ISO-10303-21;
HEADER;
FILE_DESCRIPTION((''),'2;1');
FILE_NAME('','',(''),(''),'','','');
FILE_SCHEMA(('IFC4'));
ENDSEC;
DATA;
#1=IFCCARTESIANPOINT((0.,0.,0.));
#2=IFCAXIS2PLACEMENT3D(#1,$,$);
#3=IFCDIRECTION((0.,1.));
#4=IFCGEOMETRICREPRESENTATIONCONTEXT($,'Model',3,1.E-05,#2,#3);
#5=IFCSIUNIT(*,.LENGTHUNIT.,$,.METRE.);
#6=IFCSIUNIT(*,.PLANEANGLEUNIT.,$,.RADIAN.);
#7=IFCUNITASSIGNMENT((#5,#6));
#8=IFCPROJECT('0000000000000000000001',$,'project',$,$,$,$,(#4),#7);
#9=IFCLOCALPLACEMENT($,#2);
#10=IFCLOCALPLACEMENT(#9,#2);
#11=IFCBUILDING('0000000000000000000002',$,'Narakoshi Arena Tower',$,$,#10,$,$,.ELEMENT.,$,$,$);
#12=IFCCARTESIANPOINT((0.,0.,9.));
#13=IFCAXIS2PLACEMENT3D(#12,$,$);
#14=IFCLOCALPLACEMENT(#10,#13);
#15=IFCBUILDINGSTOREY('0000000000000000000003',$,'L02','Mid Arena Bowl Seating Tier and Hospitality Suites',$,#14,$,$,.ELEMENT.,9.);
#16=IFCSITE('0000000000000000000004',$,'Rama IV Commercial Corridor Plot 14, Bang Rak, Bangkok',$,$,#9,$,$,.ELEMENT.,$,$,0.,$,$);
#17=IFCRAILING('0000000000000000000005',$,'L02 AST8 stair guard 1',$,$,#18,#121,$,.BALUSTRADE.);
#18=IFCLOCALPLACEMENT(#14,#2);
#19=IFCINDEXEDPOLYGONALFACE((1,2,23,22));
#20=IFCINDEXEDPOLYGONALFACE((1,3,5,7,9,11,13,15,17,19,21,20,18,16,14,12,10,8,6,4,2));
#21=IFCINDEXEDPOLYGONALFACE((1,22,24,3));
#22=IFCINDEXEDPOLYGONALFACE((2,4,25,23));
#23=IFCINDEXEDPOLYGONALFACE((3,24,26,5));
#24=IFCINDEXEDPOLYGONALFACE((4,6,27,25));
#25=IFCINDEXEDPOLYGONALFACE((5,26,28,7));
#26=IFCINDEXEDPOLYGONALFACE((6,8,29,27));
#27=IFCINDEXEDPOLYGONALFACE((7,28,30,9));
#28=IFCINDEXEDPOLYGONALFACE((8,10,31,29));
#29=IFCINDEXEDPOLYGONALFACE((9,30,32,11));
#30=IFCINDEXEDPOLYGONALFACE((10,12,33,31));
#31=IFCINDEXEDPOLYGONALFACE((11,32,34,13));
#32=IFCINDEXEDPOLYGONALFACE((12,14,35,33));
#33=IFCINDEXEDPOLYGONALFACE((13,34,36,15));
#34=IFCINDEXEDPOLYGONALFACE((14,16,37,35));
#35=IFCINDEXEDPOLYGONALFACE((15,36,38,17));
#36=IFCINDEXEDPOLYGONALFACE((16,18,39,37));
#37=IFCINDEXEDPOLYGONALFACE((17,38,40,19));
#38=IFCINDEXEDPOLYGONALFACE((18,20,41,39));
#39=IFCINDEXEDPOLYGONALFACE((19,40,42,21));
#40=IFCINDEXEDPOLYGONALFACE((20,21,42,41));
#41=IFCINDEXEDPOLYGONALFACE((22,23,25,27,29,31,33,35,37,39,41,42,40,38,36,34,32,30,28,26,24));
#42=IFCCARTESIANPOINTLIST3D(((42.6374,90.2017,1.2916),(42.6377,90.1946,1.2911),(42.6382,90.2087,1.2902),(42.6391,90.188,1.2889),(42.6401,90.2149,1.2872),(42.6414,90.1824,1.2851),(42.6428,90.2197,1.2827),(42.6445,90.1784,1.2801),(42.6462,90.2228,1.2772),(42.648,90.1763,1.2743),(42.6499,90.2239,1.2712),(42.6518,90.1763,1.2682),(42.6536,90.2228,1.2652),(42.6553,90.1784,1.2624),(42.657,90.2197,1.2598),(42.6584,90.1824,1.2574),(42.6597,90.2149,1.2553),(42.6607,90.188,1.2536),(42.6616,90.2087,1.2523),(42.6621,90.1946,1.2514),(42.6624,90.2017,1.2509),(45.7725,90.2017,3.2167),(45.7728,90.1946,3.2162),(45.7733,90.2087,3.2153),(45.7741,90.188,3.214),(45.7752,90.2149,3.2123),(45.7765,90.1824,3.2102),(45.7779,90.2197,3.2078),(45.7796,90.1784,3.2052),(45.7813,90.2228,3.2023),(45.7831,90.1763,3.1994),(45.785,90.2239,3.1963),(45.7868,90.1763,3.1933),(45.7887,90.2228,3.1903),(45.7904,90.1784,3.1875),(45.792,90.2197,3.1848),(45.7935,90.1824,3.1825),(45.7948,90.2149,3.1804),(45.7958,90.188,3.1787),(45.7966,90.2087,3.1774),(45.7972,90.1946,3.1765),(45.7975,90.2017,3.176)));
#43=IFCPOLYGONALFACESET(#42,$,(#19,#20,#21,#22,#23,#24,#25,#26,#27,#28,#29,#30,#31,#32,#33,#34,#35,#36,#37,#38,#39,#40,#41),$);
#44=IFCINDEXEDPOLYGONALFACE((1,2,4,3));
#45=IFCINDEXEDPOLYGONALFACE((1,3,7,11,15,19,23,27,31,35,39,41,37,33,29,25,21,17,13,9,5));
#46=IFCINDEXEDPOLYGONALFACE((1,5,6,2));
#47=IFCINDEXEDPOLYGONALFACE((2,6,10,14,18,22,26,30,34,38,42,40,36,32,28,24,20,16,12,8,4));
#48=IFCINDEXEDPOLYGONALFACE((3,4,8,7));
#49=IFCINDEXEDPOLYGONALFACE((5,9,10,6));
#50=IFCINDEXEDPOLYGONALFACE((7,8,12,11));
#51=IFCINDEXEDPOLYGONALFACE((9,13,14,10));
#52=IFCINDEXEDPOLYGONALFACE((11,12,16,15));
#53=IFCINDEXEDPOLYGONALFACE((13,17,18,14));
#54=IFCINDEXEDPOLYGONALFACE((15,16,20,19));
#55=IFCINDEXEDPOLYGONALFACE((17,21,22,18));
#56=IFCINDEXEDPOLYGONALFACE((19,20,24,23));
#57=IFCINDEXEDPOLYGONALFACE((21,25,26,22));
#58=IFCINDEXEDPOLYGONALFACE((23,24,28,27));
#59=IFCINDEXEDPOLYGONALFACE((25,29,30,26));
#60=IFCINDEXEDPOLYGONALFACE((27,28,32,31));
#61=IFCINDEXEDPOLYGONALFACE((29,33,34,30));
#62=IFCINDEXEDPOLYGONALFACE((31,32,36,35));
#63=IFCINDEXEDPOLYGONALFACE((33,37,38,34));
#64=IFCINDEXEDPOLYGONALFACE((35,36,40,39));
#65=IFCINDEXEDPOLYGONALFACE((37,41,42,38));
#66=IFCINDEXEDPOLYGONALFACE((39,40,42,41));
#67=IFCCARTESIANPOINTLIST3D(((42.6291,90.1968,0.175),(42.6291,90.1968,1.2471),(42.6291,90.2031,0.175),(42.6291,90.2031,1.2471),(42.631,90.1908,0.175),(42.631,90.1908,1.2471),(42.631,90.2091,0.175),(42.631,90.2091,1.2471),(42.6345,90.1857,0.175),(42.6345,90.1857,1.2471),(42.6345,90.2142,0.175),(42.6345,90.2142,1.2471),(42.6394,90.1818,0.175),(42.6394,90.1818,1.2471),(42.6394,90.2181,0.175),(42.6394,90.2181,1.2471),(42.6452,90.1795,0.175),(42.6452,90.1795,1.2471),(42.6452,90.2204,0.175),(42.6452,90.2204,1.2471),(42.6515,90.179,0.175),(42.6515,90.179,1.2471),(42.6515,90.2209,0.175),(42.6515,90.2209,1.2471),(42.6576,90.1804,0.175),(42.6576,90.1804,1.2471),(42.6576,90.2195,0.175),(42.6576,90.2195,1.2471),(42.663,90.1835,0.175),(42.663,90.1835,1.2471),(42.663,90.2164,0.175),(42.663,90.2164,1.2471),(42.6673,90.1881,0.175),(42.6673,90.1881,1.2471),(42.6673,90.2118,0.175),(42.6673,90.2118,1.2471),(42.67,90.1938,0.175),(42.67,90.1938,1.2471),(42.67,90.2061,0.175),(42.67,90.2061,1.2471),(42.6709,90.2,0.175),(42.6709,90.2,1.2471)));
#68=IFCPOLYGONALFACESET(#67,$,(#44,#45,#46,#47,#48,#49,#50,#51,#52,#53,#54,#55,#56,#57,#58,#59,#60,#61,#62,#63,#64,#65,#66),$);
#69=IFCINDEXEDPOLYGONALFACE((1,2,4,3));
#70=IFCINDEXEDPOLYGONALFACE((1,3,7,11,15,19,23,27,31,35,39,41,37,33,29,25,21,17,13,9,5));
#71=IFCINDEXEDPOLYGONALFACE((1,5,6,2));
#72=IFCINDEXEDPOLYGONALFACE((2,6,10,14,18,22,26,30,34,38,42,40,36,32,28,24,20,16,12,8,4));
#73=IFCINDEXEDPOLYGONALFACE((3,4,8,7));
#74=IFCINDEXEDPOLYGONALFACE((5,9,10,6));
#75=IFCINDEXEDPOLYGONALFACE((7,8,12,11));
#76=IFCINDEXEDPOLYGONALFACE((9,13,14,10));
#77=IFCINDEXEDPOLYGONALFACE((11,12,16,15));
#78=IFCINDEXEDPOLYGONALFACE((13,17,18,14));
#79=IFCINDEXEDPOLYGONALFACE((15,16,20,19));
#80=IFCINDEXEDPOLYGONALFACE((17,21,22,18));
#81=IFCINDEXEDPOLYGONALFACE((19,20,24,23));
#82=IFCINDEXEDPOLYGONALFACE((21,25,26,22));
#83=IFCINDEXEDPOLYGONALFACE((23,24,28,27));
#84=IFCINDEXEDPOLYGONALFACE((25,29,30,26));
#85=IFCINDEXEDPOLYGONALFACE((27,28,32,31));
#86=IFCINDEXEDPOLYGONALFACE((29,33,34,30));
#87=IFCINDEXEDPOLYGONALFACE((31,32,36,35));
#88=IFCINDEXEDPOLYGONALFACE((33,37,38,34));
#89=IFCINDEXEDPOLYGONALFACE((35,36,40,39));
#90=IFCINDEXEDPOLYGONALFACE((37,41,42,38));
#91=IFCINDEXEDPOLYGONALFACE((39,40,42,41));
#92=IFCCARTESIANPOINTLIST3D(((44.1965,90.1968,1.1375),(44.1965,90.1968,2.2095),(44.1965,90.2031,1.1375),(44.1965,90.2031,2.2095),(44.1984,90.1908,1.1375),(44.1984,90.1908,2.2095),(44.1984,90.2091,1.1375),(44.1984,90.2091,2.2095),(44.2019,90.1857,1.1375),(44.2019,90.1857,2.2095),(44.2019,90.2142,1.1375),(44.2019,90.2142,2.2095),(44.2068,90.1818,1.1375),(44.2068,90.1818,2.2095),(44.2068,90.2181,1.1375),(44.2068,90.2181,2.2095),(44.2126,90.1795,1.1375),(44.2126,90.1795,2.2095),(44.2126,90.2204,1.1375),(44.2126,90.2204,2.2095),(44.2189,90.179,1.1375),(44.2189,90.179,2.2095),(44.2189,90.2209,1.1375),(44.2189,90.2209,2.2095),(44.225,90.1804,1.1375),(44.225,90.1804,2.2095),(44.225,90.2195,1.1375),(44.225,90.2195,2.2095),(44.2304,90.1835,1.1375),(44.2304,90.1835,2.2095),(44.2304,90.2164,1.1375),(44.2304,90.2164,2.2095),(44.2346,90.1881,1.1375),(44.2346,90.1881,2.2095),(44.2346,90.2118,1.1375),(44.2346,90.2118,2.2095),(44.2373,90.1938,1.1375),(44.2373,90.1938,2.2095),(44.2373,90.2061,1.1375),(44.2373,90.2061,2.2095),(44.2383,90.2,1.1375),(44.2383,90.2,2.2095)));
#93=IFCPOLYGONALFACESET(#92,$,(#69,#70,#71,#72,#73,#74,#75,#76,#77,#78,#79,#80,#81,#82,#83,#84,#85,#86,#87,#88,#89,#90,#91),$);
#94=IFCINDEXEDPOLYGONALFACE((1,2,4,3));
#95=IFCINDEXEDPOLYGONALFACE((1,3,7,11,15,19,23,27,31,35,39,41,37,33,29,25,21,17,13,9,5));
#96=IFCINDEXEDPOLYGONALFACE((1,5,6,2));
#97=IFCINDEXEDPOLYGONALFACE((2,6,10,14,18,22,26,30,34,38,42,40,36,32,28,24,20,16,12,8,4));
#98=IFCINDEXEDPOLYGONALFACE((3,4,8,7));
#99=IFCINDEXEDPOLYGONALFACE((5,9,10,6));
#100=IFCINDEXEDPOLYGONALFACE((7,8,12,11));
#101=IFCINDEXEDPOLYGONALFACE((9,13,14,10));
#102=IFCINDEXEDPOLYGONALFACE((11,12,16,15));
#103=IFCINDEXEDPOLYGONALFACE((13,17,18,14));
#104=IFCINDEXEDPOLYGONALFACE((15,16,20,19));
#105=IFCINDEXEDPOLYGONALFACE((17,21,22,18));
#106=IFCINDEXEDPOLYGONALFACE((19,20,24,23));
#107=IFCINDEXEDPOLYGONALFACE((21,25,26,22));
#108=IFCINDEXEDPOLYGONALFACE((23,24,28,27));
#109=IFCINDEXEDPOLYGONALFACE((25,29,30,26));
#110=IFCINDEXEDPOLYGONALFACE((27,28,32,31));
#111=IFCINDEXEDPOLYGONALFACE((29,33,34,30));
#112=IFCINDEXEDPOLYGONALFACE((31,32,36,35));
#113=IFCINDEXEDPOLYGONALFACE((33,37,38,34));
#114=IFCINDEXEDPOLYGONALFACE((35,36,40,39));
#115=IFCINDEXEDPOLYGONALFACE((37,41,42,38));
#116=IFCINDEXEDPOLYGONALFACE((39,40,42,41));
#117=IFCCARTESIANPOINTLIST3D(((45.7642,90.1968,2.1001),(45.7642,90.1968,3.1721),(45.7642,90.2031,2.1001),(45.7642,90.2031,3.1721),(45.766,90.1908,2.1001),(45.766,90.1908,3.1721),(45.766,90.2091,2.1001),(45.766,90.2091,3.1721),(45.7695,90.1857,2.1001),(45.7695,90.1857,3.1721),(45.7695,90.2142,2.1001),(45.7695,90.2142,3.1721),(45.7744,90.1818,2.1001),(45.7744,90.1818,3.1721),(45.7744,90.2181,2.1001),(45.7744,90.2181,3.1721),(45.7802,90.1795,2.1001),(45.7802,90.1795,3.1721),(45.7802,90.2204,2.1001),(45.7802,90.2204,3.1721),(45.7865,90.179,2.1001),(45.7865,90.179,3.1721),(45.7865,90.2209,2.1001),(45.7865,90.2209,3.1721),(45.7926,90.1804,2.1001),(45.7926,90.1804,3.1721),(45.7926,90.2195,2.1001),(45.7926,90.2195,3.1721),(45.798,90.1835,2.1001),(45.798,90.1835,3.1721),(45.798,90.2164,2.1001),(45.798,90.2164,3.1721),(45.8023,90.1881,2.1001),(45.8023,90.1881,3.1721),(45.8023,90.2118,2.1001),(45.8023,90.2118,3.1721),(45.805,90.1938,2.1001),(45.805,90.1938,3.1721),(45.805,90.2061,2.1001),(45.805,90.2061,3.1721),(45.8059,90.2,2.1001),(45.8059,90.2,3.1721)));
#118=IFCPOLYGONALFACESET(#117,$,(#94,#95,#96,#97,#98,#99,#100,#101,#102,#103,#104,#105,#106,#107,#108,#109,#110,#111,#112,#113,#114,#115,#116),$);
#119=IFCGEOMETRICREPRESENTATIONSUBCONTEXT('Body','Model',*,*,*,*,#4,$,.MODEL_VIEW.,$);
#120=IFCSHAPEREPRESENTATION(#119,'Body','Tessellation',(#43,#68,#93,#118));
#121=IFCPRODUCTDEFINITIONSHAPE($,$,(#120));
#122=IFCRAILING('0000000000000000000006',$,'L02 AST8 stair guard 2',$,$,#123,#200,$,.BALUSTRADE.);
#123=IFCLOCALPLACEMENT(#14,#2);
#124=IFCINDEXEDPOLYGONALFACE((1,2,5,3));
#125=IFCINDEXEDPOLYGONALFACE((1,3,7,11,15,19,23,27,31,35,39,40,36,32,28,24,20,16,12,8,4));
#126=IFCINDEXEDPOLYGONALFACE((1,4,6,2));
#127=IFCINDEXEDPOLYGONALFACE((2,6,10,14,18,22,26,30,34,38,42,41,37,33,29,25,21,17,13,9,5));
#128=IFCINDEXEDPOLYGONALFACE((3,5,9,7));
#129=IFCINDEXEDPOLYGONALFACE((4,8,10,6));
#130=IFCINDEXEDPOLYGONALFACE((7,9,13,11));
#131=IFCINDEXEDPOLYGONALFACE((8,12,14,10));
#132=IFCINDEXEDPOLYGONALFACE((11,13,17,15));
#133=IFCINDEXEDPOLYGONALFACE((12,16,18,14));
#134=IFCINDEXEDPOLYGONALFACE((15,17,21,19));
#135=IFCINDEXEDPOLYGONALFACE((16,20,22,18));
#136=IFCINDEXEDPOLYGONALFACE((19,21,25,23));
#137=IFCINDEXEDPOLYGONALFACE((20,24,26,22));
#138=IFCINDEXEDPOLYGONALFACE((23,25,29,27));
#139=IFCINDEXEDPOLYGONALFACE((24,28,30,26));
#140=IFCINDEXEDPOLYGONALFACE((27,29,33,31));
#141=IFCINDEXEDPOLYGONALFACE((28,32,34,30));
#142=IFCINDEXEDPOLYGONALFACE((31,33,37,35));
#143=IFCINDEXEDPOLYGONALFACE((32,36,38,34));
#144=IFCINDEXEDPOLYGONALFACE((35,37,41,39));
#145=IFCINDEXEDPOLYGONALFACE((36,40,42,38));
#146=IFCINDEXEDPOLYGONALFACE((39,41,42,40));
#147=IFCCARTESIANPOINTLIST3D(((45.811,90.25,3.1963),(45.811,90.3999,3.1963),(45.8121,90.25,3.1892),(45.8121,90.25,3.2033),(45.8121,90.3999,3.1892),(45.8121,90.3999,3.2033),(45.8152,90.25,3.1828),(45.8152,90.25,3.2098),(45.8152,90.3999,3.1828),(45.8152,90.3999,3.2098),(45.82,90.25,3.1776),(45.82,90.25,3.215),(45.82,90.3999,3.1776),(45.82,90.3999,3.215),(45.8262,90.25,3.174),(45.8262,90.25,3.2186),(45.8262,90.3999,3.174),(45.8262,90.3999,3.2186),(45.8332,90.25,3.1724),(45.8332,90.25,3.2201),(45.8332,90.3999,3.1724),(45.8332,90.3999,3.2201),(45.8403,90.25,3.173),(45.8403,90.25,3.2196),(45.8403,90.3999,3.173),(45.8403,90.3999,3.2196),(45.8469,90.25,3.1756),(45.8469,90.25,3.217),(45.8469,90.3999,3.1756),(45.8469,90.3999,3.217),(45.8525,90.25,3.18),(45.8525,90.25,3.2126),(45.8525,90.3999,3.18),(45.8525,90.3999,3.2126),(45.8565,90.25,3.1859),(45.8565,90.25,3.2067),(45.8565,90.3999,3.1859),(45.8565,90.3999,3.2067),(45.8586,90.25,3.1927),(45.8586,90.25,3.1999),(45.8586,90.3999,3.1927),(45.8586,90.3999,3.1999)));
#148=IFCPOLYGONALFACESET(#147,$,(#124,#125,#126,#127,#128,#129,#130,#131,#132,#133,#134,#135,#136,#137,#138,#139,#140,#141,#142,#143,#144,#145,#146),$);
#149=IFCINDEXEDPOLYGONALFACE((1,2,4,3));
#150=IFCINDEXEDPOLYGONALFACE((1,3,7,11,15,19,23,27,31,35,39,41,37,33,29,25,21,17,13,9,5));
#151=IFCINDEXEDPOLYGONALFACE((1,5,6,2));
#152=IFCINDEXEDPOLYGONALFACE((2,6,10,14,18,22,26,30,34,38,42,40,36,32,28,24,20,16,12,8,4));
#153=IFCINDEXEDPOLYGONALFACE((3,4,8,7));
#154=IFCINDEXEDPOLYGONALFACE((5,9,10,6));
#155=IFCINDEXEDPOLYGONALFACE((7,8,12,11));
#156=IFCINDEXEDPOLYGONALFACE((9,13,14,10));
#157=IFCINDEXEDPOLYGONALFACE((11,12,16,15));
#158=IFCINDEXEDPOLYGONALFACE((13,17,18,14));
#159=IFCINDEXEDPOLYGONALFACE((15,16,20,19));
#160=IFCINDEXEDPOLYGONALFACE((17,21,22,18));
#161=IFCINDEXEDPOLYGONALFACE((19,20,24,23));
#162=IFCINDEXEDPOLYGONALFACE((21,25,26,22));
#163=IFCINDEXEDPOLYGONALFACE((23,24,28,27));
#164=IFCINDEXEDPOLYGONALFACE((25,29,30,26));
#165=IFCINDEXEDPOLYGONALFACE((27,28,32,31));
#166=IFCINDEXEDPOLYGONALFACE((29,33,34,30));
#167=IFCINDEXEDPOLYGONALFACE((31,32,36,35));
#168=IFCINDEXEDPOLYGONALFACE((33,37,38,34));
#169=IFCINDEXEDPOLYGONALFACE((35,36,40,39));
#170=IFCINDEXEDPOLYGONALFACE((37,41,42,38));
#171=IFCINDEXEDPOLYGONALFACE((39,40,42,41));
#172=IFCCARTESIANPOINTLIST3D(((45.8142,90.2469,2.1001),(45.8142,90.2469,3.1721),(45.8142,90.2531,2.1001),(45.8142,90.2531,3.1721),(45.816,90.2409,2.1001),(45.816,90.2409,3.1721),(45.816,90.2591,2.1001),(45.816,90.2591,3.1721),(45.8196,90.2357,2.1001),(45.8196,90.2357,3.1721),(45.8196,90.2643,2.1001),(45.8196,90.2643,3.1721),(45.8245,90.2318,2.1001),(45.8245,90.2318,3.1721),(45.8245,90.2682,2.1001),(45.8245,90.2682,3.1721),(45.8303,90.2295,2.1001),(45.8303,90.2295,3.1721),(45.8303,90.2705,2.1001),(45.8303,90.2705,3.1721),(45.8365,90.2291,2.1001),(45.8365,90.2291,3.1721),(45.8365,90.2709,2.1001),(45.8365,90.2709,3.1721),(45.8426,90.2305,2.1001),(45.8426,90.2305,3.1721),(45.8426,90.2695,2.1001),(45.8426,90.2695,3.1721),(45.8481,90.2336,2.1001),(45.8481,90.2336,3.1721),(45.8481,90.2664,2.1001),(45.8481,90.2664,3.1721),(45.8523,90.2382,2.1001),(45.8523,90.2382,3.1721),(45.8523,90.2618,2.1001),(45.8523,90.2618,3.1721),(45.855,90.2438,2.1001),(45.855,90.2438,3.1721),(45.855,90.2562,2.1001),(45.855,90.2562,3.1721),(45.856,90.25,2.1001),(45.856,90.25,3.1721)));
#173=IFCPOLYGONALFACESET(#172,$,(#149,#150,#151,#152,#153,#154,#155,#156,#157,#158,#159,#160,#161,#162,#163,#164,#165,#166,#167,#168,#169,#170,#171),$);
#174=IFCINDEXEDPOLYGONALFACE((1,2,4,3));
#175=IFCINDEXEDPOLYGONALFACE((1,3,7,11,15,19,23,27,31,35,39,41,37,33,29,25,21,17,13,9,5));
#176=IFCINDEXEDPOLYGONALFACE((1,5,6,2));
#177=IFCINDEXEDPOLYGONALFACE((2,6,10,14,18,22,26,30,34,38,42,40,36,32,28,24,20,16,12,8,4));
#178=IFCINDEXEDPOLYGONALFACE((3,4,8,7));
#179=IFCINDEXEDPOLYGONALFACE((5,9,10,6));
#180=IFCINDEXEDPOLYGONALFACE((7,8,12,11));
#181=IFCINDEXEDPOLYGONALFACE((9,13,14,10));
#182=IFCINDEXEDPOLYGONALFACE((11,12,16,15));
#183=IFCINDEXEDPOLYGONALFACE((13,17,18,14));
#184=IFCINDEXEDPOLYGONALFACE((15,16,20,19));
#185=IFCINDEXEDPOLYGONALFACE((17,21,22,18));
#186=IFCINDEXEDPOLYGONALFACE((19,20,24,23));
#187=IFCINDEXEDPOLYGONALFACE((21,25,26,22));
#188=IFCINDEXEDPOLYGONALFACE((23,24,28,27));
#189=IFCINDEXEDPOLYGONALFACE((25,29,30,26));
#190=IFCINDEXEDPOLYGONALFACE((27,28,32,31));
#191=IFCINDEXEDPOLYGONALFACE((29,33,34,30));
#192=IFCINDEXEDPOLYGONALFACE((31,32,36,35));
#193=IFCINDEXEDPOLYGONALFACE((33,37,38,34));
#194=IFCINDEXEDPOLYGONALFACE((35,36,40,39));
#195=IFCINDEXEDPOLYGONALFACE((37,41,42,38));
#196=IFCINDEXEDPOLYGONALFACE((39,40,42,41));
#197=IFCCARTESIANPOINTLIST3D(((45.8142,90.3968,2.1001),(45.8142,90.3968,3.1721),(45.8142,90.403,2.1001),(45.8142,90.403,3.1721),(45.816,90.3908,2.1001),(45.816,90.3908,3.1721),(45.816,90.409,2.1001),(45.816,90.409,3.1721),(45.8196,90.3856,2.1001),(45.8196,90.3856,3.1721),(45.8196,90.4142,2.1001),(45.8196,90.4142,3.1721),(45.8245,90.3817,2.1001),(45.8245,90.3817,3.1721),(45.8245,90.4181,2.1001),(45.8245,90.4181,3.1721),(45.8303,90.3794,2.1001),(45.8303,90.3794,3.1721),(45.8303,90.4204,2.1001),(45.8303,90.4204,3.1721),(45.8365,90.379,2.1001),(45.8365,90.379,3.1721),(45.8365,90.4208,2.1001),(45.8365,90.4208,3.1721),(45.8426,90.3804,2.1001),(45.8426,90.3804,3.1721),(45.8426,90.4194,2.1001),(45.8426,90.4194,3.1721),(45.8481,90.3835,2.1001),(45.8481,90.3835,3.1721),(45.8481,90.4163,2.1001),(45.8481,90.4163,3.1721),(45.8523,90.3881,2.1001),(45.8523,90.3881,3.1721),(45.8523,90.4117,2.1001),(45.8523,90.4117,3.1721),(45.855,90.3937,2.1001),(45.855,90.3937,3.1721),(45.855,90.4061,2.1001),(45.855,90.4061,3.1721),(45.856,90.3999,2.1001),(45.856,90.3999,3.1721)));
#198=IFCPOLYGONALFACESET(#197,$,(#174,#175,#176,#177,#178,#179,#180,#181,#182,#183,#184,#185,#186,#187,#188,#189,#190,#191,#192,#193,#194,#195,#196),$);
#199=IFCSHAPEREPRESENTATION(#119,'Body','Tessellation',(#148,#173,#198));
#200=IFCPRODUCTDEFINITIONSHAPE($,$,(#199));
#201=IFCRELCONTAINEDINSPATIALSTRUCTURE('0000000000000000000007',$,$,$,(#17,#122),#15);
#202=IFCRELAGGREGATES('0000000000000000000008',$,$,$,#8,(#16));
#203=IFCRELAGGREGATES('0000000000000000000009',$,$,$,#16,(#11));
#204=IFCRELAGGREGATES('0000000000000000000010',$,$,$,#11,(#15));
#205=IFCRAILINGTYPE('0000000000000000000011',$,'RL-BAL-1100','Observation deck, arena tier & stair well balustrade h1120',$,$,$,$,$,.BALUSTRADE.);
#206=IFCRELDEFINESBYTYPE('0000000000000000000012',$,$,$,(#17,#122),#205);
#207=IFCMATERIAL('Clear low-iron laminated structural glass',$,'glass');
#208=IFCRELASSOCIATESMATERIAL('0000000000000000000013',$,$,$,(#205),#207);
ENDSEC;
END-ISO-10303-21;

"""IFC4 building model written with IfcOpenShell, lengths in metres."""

from ifc_helpers import new_model, si_unit, direction, frame, origin, origin_2d, place, context, subcontext, project, spatial, circle, extrude, material, type_object, element, save


model = new_model("IFC4")

# Units and contexts
model_context = context("Model", 3, precision=1e-05, world=origin(), true_north=direction((0.0, 1.0)))
body_context = subcontext(model_context, "Body", "Model", "MODEL_VIEW")
ifc_project = project(units=[si_unit("LENGTHUNIT", "METRE"), si_unit("PLANEANGLEUNIT", "RADIAN")], contexts=[model_context])

# Site, building, storey
site_placement = place(None, origin())
site = spatial("IfcSite", under=ifc_project, at=site_placement, Name="Rama IV Commercial Corridor Plot 14, Bang Rak, Bangkok", CompositionType="ELEMENT", RefElevation=0.0)
building_placement = place(site_placement, origin())
building = spatial("IfcBuilding", under=site, at=building_placement, Name="Narakoshi Arena Tower", CompositionType="ELEMENT")
storey_placement = place(building_placement, frame((0.0, 0.0, 9.0)))
storey = spatial("IfcBuildingStorey", under=building, at=storey_placement, Name="L02", Description="Mid Arena Bowl Seating Tier and Hospitality Suites", CompositionType="ELEMENT", Elevation=9.0)

# Railings
ifc_material_1 = material(Name="Clear low-iron laminated structural glass", Category="glass")
railing_type_1 = type_object("IfcRailingType", Name="RL-BAL-1100", Description="Observation deck, arena tier & stair well balustrade h1120", PredefinedType="BALUSTRADE", material=ifc_material_1)
railing_1_placement = place(storey_placement, frame((42.6499, 90.2, 0.175)))
element("IfcRailing", 1, at=railing_1_placement, inside=storey, type_object=railing_type_1, Name="L02 AST8 stair guard 1", PredefinedType="BALUSTRADE", context=body_context, shape_type="SweptSolid", body=[
    extrude(circle(Radius=0.0239, at=origin_2d()), frame((0.0, 0.0, 1.0962), z_axis=(0.852166, 0.0, 0.523271), x_axis=(0.0, 1.0, 0.0)), (0.0, 0.0, 1.0), 3.679),
    extrude(circle(Radius=0.021, at=origin_2d()), origin(), (0.0, 0.0, 1.0), 1.072),
    extrude(circle(Radius=0.021, at=origin_2d()), frame((1.5674, 0.0, 0.9624)), (0.0, 0.0, 1.0), 1.072),
    extrude(circle(Radius=0.021, at=origin_2d()), frame((3.135, 0.0, 1.925)), (0.0, 0.0, 1.0), 1.072),
])
railing_2_placement = place(storey_placement, frame((45.835, 90.25, 2.1001)))
element("IfcRailing", 2, at=railing_2_placement, inside=storey, type_object=railing_type_1, Name="L02 AST8 stair guard 2", PredefinedType="BALUSTRADE", context=body_context, shape_type="SweptSolid", body=[
    extrude(circle(Radius=0.0239, at=origin_2d()), frame((0.0, 0.0, 1.0962), z_axis=(0.0, 1.0, 0.0), x_axis=(-1.0, 0.0, 0.0)), (0.0, 0.0, 1.0), 0.1499),
    extrude(circle(Radius=0.021, at=origin_2d()), origin(), (0.0, 0.0, 1.0), 1.072),
    extrude(circle(Radius=0.021, at=origin_2d()), frame((0.0, 0.1499, 0.0)), (0.0, 0.0, 1.0), 1.072),
])

save(model, "model.ifc")
